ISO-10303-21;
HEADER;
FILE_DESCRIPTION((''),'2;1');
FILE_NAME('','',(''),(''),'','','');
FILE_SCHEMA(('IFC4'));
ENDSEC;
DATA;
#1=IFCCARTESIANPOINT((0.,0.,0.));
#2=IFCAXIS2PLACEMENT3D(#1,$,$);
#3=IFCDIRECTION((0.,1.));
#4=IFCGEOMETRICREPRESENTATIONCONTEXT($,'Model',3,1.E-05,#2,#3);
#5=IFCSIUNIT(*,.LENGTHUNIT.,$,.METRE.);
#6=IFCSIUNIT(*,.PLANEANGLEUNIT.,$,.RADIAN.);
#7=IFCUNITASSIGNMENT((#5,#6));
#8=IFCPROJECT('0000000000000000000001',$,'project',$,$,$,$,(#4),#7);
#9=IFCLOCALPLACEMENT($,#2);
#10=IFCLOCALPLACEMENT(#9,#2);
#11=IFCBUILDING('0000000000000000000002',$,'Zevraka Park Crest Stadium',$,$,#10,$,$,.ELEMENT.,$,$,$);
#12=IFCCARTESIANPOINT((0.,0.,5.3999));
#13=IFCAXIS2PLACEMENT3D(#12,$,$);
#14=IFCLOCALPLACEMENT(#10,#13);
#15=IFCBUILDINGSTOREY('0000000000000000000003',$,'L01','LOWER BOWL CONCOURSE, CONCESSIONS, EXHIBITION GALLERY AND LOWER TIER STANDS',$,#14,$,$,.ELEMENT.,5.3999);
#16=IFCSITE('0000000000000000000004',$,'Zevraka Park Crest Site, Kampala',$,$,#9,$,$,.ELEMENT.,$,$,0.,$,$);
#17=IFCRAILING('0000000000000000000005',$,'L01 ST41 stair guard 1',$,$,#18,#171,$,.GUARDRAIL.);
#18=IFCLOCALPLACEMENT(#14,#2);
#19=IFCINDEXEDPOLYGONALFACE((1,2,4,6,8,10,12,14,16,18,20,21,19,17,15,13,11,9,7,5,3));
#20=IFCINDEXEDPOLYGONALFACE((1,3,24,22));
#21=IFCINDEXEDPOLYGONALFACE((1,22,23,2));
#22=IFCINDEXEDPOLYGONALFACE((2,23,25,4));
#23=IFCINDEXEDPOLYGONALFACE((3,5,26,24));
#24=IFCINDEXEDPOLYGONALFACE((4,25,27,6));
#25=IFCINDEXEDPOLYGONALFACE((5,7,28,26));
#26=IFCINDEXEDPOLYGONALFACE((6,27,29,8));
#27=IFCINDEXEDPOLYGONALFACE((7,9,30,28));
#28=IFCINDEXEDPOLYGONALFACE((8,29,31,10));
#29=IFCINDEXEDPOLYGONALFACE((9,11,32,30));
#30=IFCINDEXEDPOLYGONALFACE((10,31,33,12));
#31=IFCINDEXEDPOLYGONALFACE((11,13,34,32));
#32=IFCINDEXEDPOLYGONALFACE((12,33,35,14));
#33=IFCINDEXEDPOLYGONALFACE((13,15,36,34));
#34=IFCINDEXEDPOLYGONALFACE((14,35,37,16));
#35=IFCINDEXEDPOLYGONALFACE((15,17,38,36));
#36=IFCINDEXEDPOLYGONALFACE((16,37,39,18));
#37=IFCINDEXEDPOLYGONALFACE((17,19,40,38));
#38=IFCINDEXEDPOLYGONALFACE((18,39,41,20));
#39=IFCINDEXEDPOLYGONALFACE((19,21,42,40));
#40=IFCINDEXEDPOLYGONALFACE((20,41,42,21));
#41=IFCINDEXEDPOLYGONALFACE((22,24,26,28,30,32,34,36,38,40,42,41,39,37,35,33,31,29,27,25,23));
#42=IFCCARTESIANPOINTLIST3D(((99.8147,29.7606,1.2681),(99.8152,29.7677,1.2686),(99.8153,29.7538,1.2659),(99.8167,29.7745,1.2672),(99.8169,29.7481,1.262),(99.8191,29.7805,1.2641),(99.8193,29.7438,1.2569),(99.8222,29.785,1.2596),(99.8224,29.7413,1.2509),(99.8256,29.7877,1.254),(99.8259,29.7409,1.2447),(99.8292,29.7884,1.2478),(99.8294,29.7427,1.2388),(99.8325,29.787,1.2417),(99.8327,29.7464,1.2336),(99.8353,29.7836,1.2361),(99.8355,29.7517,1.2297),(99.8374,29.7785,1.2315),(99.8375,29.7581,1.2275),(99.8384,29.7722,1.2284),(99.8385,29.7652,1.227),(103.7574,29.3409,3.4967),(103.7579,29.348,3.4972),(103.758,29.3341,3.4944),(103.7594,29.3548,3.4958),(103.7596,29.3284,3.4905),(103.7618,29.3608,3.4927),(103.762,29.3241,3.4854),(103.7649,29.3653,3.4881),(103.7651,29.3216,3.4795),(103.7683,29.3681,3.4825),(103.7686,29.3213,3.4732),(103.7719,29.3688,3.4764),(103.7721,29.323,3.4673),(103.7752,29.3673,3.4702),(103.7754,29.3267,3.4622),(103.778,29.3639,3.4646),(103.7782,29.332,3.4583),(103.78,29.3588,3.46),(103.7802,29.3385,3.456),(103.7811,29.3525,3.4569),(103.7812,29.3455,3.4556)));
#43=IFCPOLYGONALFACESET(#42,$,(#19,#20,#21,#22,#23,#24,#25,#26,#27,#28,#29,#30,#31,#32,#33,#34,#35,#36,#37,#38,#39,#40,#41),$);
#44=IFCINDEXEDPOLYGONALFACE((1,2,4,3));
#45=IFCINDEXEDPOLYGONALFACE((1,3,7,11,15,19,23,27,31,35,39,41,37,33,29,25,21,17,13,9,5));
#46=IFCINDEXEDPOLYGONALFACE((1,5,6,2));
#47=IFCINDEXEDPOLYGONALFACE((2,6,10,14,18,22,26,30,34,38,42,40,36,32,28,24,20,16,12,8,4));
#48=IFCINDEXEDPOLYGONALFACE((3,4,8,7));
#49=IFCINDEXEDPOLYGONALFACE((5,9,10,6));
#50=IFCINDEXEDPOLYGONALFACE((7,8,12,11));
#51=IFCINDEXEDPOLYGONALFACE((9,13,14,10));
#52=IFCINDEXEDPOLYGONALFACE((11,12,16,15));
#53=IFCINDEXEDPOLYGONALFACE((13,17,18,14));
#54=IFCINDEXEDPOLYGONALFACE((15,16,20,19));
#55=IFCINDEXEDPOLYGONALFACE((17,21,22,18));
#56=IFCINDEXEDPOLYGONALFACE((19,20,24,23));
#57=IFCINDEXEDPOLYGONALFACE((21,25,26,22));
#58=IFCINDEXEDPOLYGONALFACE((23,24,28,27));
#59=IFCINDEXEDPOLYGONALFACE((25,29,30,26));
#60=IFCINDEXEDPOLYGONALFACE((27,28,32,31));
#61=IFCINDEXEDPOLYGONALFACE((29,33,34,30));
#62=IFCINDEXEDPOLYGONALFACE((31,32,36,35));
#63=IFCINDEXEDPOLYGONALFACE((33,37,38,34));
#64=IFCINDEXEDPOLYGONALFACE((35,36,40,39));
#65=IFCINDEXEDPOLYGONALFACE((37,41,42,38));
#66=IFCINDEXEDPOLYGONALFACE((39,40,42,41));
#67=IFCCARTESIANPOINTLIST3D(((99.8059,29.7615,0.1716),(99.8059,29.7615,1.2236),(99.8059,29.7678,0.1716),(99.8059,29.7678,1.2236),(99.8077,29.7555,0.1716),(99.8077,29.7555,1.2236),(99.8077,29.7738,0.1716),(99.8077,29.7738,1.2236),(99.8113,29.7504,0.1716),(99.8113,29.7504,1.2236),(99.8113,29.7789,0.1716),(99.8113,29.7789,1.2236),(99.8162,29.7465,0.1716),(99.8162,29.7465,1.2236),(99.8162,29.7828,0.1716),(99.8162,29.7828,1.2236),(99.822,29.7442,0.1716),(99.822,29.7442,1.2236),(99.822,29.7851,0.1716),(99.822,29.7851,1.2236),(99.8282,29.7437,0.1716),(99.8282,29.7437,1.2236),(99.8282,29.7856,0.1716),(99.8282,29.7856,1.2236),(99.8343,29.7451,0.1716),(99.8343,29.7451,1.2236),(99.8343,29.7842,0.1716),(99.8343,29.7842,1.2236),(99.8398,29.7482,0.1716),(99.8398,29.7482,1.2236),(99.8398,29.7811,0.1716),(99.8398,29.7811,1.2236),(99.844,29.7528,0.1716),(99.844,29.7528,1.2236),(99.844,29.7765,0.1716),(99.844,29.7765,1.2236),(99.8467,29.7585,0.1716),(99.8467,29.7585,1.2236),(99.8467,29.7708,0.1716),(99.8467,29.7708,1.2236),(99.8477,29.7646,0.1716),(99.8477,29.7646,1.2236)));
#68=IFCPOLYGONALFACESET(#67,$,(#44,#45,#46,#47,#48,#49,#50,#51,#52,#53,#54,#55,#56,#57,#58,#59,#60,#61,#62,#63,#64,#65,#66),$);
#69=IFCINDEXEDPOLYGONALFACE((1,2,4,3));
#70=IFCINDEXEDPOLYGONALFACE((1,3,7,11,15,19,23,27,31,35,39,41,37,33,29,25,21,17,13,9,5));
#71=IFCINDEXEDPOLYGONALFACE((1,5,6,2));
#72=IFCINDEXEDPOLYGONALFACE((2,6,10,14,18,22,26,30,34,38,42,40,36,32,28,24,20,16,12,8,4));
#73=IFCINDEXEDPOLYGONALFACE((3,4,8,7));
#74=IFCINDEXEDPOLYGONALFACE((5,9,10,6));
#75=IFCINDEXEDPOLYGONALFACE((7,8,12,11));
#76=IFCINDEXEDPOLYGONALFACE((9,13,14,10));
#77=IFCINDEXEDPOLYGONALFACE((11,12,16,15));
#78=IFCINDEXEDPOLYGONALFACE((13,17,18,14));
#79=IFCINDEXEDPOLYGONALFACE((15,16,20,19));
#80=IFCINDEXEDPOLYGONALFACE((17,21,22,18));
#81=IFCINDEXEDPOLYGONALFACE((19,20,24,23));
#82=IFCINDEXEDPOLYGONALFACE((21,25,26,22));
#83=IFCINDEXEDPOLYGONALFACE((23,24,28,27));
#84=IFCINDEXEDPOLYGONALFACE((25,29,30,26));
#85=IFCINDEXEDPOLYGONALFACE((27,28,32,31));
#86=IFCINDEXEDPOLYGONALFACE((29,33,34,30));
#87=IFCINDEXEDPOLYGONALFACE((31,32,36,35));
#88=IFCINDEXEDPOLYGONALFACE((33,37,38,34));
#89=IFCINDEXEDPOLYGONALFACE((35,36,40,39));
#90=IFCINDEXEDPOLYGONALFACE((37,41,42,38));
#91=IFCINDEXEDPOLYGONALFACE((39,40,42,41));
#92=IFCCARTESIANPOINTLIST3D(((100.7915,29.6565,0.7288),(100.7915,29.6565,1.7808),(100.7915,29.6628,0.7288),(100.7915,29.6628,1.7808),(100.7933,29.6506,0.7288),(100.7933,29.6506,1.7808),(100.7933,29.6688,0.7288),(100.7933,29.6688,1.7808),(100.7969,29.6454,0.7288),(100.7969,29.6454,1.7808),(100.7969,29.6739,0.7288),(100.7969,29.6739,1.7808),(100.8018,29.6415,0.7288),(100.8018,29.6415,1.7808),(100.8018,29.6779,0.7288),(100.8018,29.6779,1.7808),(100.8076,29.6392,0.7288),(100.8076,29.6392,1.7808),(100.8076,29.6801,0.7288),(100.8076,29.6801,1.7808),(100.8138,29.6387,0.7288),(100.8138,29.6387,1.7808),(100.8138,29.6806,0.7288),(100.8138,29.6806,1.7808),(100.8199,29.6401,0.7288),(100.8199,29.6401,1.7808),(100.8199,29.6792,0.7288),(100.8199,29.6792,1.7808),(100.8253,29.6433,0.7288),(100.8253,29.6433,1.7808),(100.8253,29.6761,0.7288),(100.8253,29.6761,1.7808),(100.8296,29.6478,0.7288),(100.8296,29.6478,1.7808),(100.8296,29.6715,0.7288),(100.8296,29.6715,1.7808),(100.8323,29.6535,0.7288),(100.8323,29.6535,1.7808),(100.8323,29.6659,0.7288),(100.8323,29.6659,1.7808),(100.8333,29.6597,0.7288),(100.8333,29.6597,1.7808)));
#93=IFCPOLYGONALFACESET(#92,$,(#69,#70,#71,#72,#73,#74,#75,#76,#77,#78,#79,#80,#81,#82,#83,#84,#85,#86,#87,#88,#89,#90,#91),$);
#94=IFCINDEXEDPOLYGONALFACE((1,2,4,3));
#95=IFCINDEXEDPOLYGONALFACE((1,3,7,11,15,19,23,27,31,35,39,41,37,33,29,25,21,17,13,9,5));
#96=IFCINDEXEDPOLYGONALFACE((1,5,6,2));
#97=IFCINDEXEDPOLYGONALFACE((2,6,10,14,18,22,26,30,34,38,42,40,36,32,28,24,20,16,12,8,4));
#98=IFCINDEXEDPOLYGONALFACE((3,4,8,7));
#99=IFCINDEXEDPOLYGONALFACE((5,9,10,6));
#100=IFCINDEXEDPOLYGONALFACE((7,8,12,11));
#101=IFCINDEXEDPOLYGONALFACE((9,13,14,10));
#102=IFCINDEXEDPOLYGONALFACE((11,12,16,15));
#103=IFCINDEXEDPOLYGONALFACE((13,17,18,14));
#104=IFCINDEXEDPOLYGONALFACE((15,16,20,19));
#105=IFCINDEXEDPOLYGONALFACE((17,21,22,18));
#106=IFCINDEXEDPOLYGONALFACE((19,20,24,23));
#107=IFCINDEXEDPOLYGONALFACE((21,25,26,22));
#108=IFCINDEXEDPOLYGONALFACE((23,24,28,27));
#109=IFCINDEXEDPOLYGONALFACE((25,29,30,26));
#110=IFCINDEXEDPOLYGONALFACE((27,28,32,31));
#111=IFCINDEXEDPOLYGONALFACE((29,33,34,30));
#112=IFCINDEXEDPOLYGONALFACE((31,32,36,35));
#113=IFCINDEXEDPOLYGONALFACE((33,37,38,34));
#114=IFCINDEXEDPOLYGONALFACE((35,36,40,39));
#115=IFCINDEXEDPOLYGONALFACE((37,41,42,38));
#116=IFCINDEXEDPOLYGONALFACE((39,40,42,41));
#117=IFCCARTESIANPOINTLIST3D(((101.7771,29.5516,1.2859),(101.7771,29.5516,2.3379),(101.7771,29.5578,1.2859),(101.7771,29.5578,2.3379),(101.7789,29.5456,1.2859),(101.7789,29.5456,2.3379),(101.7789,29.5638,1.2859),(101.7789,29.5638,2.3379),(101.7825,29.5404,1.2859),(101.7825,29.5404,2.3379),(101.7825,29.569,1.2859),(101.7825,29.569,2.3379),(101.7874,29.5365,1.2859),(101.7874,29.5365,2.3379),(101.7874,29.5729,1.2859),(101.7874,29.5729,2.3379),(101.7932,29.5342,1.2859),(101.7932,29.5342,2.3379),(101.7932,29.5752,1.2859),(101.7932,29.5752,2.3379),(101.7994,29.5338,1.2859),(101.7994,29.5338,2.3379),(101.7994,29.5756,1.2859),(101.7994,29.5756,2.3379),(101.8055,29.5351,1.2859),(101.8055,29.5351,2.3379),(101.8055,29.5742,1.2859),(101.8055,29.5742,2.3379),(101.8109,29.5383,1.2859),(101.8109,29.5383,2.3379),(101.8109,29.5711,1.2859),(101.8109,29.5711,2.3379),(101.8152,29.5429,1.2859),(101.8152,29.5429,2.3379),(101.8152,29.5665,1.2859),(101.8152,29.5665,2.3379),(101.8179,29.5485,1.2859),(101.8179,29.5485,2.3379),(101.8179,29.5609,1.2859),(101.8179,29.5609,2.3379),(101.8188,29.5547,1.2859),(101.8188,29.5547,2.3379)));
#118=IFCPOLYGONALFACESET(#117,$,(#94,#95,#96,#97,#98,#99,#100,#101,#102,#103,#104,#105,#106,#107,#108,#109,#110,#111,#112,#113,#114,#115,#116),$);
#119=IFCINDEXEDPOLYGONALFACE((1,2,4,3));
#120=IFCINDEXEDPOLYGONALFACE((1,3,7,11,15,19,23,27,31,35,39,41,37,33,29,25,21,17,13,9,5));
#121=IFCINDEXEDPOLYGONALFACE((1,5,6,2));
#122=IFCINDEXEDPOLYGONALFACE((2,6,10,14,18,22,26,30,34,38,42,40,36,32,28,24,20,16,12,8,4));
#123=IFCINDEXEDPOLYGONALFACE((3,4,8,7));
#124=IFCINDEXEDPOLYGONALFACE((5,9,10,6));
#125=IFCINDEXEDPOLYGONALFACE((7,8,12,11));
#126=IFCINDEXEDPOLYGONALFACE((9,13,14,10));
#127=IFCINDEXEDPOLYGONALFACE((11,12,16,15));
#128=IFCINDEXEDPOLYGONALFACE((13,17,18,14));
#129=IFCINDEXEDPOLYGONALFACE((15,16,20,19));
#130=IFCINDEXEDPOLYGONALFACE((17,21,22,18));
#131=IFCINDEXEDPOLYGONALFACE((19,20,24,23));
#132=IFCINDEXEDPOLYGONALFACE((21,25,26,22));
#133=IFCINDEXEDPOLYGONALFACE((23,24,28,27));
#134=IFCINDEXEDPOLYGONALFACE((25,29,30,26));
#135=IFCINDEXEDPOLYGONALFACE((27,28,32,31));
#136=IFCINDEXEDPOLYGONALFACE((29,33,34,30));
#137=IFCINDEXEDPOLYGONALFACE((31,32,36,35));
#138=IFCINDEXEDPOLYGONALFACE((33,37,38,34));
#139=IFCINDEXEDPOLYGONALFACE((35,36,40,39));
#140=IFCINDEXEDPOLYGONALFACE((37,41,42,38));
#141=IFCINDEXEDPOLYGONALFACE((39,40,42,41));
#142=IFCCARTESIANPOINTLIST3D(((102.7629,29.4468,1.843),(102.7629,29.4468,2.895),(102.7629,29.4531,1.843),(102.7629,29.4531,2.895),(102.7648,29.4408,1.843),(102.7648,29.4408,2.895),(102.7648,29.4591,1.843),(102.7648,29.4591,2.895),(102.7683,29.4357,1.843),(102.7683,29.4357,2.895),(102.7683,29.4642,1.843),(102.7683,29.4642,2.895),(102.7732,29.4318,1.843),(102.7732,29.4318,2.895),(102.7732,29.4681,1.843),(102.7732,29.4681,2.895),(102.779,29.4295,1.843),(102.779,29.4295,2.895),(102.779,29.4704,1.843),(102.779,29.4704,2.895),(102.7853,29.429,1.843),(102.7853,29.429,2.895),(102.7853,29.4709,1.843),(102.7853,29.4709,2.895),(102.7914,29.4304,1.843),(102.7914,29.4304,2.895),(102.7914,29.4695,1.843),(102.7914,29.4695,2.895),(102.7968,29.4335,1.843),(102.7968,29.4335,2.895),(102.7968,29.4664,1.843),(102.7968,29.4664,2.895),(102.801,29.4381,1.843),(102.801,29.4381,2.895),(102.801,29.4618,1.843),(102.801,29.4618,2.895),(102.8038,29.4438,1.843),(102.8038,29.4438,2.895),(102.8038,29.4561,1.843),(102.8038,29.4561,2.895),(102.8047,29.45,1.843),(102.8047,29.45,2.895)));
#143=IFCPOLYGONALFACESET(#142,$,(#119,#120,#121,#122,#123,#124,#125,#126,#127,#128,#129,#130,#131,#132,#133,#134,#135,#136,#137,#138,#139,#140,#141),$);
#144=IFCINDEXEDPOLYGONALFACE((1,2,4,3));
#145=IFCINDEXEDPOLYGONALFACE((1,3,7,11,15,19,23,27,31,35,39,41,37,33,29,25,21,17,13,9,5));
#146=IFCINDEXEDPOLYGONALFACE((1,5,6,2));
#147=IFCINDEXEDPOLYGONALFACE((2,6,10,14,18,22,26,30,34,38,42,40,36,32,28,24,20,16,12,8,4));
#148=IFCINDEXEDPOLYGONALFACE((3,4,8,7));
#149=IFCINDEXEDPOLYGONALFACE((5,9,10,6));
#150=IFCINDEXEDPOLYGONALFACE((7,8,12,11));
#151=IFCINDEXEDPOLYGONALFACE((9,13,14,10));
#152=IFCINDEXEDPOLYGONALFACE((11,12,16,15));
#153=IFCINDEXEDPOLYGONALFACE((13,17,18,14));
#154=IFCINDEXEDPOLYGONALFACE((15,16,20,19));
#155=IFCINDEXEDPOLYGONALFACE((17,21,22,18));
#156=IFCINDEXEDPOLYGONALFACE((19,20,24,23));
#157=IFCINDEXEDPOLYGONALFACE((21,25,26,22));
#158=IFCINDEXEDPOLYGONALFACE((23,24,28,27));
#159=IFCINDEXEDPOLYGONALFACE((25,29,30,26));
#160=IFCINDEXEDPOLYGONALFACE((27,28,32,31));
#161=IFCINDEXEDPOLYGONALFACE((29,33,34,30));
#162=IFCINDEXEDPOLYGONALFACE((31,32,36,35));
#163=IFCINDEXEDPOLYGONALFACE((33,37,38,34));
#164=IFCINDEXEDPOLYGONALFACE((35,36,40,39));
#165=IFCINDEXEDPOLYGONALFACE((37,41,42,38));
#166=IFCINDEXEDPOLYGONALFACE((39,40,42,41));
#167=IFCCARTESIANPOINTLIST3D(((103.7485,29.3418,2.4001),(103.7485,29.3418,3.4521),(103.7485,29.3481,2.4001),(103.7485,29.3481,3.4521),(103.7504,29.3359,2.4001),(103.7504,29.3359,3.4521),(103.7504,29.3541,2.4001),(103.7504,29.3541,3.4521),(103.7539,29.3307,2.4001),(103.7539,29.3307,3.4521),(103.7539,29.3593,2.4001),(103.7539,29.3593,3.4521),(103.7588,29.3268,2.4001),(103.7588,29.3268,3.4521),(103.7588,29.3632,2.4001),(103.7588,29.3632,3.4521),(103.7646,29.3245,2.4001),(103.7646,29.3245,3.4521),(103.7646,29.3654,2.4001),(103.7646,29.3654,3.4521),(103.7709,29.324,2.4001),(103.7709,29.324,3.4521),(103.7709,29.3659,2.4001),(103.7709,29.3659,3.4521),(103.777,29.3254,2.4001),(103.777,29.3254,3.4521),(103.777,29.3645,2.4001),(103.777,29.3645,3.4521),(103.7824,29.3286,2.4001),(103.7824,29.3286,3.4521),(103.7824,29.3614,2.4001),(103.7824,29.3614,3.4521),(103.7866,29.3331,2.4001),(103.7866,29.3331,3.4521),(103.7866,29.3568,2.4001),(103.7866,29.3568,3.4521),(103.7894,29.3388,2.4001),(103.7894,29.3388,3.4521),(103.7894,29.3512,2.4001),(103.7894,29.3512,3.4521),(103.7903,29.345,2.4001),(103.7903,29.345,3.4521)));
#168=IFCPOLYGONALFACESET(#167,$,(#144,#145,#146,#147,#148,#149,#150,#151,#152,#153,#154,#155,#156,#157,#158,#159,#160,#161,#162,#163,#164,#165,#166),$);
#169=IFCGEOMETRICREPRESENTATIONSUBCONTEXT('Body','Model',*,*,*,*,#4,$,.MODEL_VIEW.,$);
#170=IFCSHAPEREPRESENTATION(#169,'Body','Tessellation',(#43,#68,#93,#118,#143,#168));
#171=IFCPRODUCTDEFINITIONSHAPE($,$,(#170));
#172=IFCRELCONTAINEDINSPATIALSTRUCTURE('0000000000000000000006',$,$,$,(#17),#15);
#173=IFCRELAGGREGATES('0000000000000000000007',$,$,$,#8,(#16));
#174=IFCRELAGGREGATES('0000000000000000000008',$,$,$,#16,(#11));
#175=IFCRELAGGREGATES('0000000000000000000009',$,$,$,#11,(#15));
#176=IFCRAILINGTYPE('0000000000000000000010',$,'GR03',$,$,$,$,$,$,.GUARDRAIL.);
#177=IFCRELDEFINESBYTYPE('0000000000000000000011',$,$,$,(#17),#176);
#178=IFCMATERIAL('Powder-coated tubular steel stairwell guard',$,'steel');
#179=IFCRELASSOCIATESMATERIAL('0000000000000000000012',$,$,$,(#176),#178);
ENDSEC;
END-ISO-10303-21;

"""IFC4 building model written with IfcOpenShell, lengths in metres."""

from ifc_helpers import new_model, si_unit, direction, frame, origin, origin_2d, place, context, subcontext, project, spatial, circle, extrude, material, type_object, element, save


model = new_model("IFC4")

# Units and contexts
model_context = context("Model", 3, precision=1e-05, world=origin(), true_north=direction((0.0, 1.0)))
body_context = subcontext(model_context, "Body", "Model", "MODEL_VIEW")
ifc_project = project(units=[si_unit("LENGTHUNIT", "METRE"), si_unit("PLANEANGLEUNIT", "RADIAN")], contexts=[model_context])

# Site, building, storey
site_placement = place(None, origin())
site = spatial("IfcSite", under=ifc_project, at=site_placement, Name="Zevraka Park Crest Site, Kampala", CompositionType="ELEMENT", RefElevation=0.0)
building_placement = place(site_placement, origin())
building = spatial("IfcBuilding", under=site, at=building_placement, Name="Zevraka Park Crest Stadium", CompositionType="ELEMENT")
storey_placement = place(building_placement, frame((0.0, 0.0, 5.3999)))
storey = spatial("IfcBuildingStorey", under=building, at=storey_placement, Name="L01", Description="LOWER BOWL CONCOURSE, CONCESSIONS, EXHIBITION GALLERY AND LOWER TIER STANDS", CompositionType="ELEMENT", Elevation=5.3999)

# Railing
ifc_material_1 = material(Name="Powder-coated tubular steel stairwell guard", Category="steel")
railing_type_1 = type_object("IfcRailingType", Name="GR03", PredefinedType="GUARDRAIL", material=ifc_material_1)
railing_1_placement = place(storey_placement, frame((99.8267, 29.7646, 0.1716)))
element("IfcRailing", 1, at=railing_1_placement, inside=storey, type_object=railing_type_1, Name="L01 ST41 stair guard 1", PredefinedType="GUARDRAIL", context=body_context, shape_type="SweptSolid", body=[
    extrude(circle(Radius=0.0239, at=origin_2d()), frame((0.0, 0.0, 1.0762), z_axis=(0.866842, -0.092272, 0.48997), x_axis=(0.105848, 0.994382, 0.0)), (0.0, 0.0, 1.0), 4.5483),
    extrude(circle(Radius=0.021, at=origin_2d()), origin(), (0.0, 0.0, 1.0), 1.052),
    extrude(circle(Radius=0.021, at=origin_2d()), frame((0.9856, -0.105, 0.5571)), (0.0, 0.0, 1.0), 1.052),
    extrude(circle(Radius=0.021, at=origin_2d()), frame((1.9712, -0.21, 1.1143)), (0.0, 0.0, 1.0), 1.052),
    extrude(circle(Radius=0.021, at=origin_2d()), frame((2.957, -0.3147, 1.6714)), (0.0, 0.0, 1.0), 1.052),
    extrude(circle(Radius=0.021, at=origin_2d()), frame((3.9426, -0.4197, 2.2285)), (0.0, 0.0, 1.0), 1.052),
])

save(model, "model.ifc")
